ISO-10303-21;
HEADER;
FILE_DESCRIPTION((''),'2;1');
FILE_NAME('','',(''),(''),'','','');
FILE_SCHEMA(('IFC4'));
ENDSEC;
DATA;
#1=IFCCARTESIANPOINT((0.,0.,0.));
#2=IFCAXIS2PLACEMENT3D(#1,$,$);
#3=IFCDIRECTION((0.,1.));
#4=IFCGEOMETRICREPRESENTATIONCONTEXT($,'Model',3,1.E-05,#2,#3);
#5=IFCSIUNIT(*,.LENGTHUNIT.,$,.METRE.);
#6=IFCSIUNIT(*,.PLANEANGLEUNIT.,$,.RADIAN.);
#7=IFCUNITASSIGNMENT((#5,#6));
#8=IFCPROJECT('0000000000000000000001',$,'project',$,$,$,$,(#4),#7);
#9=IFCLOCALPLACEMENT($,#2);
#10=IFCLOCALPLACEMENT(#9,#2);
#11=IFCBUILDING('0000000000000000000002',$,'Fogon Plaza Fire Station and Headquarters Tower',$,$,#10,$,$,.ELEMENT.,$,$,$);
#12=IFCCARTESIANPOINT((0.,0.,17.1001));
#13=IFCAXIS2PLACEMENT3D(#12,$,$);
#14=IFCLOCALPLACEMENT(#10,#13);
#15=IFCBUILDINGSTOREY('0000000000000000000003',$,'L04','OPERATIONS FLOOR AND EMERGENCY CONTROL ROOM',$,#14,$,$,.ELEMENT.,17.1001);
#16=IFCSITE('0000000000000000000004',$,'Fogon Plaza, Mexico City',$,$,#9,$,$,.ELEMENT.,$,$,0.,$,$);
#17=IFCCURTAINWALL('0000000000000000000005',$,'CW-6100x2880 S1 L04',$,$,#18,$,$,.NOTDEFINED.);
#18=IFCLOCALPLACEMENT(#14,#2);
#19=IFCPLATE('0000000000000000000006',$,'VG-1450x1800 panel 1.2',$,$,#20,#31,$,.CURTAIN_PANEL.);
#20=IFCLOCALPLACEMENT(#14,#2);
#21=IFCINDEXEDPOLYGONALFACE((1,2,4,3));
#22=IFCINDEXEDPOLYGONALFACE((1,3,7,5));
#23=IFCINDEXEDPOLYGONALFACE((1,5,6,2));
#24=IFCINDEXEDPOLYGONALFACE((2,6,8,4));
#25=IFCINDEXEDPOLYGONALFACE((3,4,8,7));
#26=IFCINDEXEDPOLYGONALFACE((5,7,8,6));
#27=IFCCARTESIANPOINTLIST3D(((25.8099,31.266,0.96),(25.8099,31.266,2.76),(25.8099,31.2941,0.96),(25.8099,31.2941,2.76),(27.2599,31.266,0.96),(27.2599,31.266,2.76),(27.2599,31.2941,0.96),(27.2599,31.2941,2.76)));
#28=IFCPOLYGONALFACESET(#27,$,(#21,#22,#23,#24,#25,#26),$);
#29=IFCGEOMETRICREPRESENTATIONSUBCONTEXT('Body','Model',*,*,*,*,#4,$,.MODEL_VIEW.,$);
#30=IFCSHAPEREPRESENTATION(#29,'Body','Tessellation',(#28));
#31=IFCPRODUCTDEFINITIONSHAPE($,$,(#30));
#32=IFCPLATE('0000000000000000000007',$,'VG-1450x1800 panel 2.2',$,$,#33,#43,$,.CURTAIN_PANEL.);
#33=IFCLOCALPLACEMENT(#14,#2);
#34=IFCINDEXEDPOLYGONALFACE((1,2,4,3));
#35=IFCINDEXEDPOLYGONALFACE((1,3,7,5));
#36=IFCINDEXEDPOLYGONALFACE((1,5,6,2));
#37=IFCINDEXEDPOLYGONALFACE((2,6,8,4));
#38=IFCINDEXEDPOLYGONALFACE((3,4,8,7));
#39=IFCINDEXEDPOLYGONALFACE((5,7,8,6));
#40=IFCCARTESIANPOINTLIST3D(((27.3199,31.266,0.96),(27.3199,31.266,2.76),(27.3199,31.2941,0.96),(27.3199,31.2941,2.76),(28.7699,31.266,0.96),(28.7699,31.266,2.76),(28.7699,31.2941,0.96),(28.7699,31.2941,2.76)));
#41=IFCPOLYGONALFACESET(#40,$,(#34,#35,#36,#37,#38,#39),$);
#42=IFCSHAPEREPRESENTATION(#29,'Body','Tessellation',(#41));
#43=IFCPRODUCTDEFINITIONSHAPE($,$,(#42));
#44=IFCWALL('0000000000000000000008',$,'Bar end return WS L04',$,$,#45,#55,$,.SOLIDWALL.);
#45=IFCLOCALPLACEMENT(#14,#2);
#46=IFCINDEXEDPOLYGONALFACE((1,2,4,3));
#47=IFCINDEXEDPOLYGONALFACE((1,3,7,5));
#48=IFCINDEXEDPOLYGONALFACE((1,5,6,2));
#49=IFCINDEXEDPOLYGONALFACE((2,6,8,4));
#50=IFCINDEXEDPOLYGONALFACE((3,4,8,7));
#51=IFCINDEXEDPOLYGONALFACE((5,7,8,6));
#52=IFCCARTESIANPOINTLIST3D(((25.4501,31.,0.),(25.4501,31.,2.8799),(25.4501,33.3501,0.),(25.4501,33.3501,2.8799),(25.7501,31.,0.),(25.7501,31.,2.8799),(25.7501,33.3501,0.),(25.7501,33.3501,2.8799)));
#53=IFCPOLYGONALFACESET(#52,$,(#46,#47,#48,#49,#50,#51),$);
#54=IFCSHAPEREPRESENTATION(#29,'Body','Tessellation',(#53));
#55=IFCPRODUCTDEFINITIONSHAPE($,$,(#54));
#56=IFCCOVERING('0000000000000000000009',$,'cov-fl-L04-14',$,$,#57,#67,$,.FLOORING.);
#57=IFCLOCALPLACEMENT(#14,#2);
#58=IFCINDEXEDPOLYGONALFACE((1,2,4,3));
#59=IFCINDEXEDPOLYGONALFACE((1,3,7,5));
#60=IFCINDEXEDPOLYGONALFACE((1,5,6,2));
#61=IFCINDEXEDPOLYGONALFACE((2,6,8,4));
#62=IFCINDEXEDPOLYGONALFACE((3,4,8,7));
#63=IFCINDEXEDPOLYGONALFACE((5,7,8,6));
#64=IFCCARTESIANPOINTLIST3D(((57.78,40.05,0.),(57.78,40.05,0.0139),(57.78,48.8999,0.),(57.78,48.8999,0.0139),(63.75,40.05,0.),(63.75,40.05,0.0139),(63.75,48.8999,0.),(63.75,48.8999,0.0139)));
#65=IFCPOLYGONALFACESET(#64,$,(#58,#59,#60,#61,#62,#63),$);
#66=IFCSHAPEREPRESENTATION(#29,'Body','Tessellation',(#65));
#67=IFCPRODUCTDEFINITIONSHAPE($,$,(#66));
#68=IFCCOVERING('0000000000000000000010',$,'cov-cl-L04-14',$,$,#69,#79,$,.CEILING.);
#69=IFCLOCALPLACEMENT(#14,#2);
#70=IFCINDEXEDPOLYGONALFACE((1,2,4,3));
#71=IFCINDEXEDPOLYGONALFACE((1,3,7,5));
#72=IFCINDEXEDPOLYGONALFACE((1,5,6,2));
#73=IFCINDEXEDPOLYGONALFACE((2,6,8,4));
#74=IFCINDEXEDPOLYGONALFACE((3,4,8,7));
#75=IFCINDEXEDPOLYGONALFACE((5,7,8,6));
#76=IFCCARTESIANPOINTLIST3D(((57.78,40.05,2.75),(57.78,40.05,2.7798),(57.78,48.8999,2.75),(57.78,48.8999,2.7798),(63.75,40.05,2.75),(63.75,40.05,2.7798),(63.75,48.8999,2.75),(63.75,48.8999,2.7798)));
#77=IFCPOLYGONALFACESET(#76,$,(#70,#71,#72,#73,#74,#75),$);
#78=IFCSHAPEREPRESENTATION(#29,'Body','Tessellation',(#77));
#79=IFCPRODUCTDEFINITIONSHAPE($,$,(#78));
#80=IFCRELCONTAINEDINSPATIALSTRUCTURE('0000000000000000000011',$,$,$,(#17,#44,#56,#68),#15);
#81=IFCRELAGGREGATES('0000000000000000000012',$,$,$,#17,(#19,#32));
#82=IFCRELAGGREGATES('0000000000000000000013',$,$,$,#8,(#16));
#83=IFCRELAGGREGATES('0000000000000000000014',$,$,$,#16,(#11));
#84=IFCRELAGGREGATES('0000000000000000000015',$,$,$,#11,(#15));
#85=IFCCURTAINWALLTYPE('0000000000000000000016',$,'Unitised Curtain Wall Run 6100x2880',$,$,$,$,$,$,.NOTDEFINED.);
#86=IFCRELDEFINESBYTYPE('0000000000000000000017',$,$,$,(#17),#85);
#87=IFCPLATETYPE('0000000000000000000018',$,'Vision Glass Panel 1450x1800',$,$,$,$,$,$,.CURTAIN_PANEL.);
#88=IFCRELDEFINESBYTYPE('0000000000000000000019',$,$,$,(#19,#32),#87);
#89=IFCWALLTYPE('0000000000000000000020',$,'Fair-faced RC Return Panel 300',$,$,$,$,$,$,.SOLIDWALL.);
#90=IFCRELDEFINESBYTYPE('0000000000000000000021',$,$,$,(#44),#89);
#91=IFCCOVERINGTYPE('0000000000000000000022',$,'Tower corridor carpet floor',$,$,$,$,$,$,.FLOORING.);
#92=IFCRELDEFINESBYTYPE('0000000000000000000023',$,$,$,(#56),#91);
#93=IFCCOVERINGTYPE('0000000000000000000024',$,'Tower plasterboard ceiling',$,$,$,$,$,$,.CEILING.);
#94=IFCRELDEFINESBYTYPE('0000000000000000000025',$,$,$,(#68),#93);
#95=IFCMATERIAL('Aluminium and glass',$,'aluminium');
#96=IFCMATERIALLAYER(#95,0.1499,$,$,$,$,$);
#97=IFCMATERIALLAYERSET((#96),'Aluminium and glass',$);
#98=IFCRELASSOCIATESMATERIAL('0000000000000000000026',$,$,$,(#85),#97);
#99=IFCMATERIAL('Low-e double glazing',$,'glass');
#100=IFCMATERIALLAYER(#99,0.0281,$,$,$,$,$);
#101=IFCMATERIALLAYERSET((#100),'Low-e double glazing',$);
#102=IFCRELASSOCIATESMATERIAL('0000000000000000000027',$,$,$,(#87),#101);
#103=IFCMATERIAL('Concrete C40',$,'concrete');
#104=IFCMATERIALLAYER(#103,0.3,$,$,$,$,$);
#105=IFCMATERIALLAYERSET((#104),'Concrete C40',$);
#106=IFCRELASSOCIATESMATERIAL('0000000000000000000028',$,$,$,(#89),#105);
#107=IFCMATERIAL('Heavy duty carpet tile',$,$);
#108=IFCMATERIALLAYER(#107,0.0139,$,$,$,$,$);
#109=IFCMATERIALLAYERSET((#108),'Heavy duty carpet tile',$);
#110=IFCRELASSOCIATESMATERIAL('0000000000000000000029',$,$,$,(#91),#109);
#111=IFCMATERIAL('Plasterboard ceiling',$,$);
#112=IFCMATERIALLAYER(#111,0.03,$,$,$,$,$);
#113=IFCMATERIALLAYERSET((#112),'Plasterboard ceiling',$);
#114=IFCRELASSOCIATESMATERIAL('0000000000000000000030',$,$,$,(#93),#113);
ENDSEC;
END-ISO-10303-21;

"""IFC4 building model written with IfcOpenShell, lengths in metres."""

from ifc_helpers import new_model, si_unit, direction, frame, frame_2d, origin, origin_2d, place, context, subcontext, project, spatial, polyline, rectangle, outline, extrude, material, layer, layer_set, type_object, element, aggregate, save


model = new_model("IFC4")

# Units and contexts
model_context = context("Model", 3, precision=1e-05, world=origin(), true_north=direction((0.0, 1.0)))
body_context = subcontext(model_context, "Body", "Model", "MODEL_VIEW")
ifc_project = project(units=[si_unit("LENGTHUNIT", "METRE"), si_unit("PLANEANGLEUNIT", "RADIAN")], contexts=[model_context])

# Site, building, storey
site_placement = place(None, origin())
site = spatial("IfcSite", under=ifc_project, at=site_placement, Name="Fogon Plaza, Mexico City", CompositionType="ELEMENT", RefElevation=0.0)
building_placement = place(site_placement, origin())
building = spatial("IfcBuilding", under=site, at=building_placement, Name="Fogon Plaza Fire Station and Headquarters Tower", CompositionType="ELEMENT")
storey_placement = place(building_placement, frame((0.0, 0.0, 17.1001)))
storey = spatial("IfcBuildingStorey", under=building, at=storey_placement, Name="L04", Description="OPERATIONS FLOOR AND EMERGENCY CONTROL ROOM", CompositionType="ELEMENT", Elevation=17.1001)

# Curtain wall
ifc_material_1 = material(Name="Aluminium and glass", Category="aluminium")
ifc_layer_1 = layer(ifc_material_1, 0.1499)
ifc_layer_set_1 = layer_set([ifc_layer_1], Name="Aluminium and glass")
curtain_wall_type = type_object("IfcCurtainWallType", Name="Unitised Curtain Wall Run 6100x2880", PredefinedType="NOTDEFINED", material=ifc_layer_set_1)
curtain_wall_placement = place(storey_placement, origin())
curtain_wall = element("IfcCurtainWall", 1, at=curtain_wall_placement, inside=storey, type_object=curtain_wall_type, Name="CW-6100x2880 S1 L04", PredefinedType="NOTDEFINED")

# Plates
ifc_material_2 = material(Name="Low-e double glazing", Category="glass")
ifc_layer_2 = layer(ifc_material_2, 0.0281)
ifc_layer_set_2 = layer_set([ifc_layer_2], Name="Low-e double glazing")
plate_type_1 = type_object("IfcPlateType", Name="Vision Glass Panel 1450x1800", PredefinedType="CURTAIN_PANEL", material=ifc_layer_set_2)
plate_1_placement = place(storey_placement, frame((26.5349, 31.28, 0.96), z_axis=(0.0, 0.0, 1.0), x_axis=(1.0, 0.0, 0.0)))
plate_1 = element("IfcPlate", 2, at=plate_1_placement, type_object=plate_type_1, Name="VG-1450x1800 panel 1.2", PredefinedType="CURTAIN_PANEL", context=body_context, shape_type="SweptSolid", body=[
    extrude(rectangle(XDim=1.45, YDim=0.0281, at=origin_2d()), origin(), (0.0, 0.0, 1.0), 1.8),
])
plate_2_placement = place(storey_placement, frame((28.0449, 31.28, 0.96), z_axis=(0.0, 0.0, 1.0), x_axis=(1.0, 0.0, 0.0)))
plate_2 = element("IfcPlate", 3, at=plate_2_placement, type_object=plate_type_1, Name="VG-1450x1800 panel 2.2", PredefinedType="CURTAIN_PANEL", context=body_context, shape_type="SweptSolid", body=[
    extrude(rectangle(XDim=1.45, YDim=0.0281, at=origin_2d()), origin(), (0.0, 0.0, 1.0), 1.8),
])
aggregate(curtain_wall, [plate_1, plate_2])

# Wall
ifc_material_3 = material(Name="Concrete C40", Category="concrete")
ifc_layer_3 = layer(ifc_material_3, 0.3)
ifc_layer_set_3 = layer_set([ifc_layer_3], Name="Concrete C40")
wall_type = type_object("IfcWallType", Name="Fair-faced RC Return Panel 300", PredefinedType="SOLIDWALL", material=ifc_layer_set_3)
wall_placement = place(storey_placement, frame((25.6001, 31.0, 0.0), z_axis=(0.0, 0.0, 1.0), x_axis=(0.0, 1.0, 0.0)))
element("IfcWall", 4, at=wall_placement, inside=storey, type_object=wall_type, Name="Bar end return WS L04", PredefinedType="SOLIDWALL", context=body_context, shape_type="SweptSolid", body=[
    extrude(rectangle(XDim=2.3501, YDim=0.3, at=frame_2d((1.175, 0.0))), origin(), (0.0, 0.0, 1.0), 2.8799),
])

# Coverings
ifc_material_4 = material(Name="Heavy duty carpet tile")
ifc_layer_4 = layer(ifc_material_4, 0.0139)
ifc_layer_set_4 = layer_set([ifc_layer_4], Name="Heavy duty carpet tile")
covering_type_1 = type_object("IfcCoveringType", Name="Tower corridor carpet floor", PredefinedType="FLOORING", material=ifc_layer_set_4)
covering_1_placement = place(storey_placement, origin())
element("IfcCovering", 5, at=covering_1_placement, inside=storey, type_object=covering_type_1, Name="cov-fl-L04-14", PredefinedType="FLOORING", context=body_context, shape_type="SweptSolid", body=[
    extrude(outline(polyline([(63.75, 40.05), (63.75, 48.8999), (57.78, 48.8999), (57.78, 40.05), (63.75, 40.05)])), origin(), (0.0, 0.0, 1.0), 0.0139),
])
ifc_material_5 = material(Name="Plasterboard ceiling")
ifc_layer_5 = layer(ifc_material_5, 0.03)
ifc_layer_set_5 = layer_set([ifc_layer_5], Name="Plasterboard ceiling")
covering_type_2 = type_object("IfcCoveringType", Name="Tower plasterboard ceiling", PredefinedType="CEILING", material=ifc_layer_set_5)
covering_2_placement = place(storey_placement, frame((0.0, 0.0, 2.75)))
element("IfcCovering", 6, at=covering_2_placement, inside=storey, type_object=covering_type_2, Name="cov-cl-L04-14", PredefinedType="CEILING", context=body_context, shape_type="SweptSolid", body=[
    extrude(outline(polyline([(63.75, 40.05), (63.75, 48.8999), (57.78, 48.8999), (57.78, 40.05), (63.75, 40.05)])), origin(), (0.0, 0.0, 1.0), 0.0298),
])

save(model, "model.ifc")
